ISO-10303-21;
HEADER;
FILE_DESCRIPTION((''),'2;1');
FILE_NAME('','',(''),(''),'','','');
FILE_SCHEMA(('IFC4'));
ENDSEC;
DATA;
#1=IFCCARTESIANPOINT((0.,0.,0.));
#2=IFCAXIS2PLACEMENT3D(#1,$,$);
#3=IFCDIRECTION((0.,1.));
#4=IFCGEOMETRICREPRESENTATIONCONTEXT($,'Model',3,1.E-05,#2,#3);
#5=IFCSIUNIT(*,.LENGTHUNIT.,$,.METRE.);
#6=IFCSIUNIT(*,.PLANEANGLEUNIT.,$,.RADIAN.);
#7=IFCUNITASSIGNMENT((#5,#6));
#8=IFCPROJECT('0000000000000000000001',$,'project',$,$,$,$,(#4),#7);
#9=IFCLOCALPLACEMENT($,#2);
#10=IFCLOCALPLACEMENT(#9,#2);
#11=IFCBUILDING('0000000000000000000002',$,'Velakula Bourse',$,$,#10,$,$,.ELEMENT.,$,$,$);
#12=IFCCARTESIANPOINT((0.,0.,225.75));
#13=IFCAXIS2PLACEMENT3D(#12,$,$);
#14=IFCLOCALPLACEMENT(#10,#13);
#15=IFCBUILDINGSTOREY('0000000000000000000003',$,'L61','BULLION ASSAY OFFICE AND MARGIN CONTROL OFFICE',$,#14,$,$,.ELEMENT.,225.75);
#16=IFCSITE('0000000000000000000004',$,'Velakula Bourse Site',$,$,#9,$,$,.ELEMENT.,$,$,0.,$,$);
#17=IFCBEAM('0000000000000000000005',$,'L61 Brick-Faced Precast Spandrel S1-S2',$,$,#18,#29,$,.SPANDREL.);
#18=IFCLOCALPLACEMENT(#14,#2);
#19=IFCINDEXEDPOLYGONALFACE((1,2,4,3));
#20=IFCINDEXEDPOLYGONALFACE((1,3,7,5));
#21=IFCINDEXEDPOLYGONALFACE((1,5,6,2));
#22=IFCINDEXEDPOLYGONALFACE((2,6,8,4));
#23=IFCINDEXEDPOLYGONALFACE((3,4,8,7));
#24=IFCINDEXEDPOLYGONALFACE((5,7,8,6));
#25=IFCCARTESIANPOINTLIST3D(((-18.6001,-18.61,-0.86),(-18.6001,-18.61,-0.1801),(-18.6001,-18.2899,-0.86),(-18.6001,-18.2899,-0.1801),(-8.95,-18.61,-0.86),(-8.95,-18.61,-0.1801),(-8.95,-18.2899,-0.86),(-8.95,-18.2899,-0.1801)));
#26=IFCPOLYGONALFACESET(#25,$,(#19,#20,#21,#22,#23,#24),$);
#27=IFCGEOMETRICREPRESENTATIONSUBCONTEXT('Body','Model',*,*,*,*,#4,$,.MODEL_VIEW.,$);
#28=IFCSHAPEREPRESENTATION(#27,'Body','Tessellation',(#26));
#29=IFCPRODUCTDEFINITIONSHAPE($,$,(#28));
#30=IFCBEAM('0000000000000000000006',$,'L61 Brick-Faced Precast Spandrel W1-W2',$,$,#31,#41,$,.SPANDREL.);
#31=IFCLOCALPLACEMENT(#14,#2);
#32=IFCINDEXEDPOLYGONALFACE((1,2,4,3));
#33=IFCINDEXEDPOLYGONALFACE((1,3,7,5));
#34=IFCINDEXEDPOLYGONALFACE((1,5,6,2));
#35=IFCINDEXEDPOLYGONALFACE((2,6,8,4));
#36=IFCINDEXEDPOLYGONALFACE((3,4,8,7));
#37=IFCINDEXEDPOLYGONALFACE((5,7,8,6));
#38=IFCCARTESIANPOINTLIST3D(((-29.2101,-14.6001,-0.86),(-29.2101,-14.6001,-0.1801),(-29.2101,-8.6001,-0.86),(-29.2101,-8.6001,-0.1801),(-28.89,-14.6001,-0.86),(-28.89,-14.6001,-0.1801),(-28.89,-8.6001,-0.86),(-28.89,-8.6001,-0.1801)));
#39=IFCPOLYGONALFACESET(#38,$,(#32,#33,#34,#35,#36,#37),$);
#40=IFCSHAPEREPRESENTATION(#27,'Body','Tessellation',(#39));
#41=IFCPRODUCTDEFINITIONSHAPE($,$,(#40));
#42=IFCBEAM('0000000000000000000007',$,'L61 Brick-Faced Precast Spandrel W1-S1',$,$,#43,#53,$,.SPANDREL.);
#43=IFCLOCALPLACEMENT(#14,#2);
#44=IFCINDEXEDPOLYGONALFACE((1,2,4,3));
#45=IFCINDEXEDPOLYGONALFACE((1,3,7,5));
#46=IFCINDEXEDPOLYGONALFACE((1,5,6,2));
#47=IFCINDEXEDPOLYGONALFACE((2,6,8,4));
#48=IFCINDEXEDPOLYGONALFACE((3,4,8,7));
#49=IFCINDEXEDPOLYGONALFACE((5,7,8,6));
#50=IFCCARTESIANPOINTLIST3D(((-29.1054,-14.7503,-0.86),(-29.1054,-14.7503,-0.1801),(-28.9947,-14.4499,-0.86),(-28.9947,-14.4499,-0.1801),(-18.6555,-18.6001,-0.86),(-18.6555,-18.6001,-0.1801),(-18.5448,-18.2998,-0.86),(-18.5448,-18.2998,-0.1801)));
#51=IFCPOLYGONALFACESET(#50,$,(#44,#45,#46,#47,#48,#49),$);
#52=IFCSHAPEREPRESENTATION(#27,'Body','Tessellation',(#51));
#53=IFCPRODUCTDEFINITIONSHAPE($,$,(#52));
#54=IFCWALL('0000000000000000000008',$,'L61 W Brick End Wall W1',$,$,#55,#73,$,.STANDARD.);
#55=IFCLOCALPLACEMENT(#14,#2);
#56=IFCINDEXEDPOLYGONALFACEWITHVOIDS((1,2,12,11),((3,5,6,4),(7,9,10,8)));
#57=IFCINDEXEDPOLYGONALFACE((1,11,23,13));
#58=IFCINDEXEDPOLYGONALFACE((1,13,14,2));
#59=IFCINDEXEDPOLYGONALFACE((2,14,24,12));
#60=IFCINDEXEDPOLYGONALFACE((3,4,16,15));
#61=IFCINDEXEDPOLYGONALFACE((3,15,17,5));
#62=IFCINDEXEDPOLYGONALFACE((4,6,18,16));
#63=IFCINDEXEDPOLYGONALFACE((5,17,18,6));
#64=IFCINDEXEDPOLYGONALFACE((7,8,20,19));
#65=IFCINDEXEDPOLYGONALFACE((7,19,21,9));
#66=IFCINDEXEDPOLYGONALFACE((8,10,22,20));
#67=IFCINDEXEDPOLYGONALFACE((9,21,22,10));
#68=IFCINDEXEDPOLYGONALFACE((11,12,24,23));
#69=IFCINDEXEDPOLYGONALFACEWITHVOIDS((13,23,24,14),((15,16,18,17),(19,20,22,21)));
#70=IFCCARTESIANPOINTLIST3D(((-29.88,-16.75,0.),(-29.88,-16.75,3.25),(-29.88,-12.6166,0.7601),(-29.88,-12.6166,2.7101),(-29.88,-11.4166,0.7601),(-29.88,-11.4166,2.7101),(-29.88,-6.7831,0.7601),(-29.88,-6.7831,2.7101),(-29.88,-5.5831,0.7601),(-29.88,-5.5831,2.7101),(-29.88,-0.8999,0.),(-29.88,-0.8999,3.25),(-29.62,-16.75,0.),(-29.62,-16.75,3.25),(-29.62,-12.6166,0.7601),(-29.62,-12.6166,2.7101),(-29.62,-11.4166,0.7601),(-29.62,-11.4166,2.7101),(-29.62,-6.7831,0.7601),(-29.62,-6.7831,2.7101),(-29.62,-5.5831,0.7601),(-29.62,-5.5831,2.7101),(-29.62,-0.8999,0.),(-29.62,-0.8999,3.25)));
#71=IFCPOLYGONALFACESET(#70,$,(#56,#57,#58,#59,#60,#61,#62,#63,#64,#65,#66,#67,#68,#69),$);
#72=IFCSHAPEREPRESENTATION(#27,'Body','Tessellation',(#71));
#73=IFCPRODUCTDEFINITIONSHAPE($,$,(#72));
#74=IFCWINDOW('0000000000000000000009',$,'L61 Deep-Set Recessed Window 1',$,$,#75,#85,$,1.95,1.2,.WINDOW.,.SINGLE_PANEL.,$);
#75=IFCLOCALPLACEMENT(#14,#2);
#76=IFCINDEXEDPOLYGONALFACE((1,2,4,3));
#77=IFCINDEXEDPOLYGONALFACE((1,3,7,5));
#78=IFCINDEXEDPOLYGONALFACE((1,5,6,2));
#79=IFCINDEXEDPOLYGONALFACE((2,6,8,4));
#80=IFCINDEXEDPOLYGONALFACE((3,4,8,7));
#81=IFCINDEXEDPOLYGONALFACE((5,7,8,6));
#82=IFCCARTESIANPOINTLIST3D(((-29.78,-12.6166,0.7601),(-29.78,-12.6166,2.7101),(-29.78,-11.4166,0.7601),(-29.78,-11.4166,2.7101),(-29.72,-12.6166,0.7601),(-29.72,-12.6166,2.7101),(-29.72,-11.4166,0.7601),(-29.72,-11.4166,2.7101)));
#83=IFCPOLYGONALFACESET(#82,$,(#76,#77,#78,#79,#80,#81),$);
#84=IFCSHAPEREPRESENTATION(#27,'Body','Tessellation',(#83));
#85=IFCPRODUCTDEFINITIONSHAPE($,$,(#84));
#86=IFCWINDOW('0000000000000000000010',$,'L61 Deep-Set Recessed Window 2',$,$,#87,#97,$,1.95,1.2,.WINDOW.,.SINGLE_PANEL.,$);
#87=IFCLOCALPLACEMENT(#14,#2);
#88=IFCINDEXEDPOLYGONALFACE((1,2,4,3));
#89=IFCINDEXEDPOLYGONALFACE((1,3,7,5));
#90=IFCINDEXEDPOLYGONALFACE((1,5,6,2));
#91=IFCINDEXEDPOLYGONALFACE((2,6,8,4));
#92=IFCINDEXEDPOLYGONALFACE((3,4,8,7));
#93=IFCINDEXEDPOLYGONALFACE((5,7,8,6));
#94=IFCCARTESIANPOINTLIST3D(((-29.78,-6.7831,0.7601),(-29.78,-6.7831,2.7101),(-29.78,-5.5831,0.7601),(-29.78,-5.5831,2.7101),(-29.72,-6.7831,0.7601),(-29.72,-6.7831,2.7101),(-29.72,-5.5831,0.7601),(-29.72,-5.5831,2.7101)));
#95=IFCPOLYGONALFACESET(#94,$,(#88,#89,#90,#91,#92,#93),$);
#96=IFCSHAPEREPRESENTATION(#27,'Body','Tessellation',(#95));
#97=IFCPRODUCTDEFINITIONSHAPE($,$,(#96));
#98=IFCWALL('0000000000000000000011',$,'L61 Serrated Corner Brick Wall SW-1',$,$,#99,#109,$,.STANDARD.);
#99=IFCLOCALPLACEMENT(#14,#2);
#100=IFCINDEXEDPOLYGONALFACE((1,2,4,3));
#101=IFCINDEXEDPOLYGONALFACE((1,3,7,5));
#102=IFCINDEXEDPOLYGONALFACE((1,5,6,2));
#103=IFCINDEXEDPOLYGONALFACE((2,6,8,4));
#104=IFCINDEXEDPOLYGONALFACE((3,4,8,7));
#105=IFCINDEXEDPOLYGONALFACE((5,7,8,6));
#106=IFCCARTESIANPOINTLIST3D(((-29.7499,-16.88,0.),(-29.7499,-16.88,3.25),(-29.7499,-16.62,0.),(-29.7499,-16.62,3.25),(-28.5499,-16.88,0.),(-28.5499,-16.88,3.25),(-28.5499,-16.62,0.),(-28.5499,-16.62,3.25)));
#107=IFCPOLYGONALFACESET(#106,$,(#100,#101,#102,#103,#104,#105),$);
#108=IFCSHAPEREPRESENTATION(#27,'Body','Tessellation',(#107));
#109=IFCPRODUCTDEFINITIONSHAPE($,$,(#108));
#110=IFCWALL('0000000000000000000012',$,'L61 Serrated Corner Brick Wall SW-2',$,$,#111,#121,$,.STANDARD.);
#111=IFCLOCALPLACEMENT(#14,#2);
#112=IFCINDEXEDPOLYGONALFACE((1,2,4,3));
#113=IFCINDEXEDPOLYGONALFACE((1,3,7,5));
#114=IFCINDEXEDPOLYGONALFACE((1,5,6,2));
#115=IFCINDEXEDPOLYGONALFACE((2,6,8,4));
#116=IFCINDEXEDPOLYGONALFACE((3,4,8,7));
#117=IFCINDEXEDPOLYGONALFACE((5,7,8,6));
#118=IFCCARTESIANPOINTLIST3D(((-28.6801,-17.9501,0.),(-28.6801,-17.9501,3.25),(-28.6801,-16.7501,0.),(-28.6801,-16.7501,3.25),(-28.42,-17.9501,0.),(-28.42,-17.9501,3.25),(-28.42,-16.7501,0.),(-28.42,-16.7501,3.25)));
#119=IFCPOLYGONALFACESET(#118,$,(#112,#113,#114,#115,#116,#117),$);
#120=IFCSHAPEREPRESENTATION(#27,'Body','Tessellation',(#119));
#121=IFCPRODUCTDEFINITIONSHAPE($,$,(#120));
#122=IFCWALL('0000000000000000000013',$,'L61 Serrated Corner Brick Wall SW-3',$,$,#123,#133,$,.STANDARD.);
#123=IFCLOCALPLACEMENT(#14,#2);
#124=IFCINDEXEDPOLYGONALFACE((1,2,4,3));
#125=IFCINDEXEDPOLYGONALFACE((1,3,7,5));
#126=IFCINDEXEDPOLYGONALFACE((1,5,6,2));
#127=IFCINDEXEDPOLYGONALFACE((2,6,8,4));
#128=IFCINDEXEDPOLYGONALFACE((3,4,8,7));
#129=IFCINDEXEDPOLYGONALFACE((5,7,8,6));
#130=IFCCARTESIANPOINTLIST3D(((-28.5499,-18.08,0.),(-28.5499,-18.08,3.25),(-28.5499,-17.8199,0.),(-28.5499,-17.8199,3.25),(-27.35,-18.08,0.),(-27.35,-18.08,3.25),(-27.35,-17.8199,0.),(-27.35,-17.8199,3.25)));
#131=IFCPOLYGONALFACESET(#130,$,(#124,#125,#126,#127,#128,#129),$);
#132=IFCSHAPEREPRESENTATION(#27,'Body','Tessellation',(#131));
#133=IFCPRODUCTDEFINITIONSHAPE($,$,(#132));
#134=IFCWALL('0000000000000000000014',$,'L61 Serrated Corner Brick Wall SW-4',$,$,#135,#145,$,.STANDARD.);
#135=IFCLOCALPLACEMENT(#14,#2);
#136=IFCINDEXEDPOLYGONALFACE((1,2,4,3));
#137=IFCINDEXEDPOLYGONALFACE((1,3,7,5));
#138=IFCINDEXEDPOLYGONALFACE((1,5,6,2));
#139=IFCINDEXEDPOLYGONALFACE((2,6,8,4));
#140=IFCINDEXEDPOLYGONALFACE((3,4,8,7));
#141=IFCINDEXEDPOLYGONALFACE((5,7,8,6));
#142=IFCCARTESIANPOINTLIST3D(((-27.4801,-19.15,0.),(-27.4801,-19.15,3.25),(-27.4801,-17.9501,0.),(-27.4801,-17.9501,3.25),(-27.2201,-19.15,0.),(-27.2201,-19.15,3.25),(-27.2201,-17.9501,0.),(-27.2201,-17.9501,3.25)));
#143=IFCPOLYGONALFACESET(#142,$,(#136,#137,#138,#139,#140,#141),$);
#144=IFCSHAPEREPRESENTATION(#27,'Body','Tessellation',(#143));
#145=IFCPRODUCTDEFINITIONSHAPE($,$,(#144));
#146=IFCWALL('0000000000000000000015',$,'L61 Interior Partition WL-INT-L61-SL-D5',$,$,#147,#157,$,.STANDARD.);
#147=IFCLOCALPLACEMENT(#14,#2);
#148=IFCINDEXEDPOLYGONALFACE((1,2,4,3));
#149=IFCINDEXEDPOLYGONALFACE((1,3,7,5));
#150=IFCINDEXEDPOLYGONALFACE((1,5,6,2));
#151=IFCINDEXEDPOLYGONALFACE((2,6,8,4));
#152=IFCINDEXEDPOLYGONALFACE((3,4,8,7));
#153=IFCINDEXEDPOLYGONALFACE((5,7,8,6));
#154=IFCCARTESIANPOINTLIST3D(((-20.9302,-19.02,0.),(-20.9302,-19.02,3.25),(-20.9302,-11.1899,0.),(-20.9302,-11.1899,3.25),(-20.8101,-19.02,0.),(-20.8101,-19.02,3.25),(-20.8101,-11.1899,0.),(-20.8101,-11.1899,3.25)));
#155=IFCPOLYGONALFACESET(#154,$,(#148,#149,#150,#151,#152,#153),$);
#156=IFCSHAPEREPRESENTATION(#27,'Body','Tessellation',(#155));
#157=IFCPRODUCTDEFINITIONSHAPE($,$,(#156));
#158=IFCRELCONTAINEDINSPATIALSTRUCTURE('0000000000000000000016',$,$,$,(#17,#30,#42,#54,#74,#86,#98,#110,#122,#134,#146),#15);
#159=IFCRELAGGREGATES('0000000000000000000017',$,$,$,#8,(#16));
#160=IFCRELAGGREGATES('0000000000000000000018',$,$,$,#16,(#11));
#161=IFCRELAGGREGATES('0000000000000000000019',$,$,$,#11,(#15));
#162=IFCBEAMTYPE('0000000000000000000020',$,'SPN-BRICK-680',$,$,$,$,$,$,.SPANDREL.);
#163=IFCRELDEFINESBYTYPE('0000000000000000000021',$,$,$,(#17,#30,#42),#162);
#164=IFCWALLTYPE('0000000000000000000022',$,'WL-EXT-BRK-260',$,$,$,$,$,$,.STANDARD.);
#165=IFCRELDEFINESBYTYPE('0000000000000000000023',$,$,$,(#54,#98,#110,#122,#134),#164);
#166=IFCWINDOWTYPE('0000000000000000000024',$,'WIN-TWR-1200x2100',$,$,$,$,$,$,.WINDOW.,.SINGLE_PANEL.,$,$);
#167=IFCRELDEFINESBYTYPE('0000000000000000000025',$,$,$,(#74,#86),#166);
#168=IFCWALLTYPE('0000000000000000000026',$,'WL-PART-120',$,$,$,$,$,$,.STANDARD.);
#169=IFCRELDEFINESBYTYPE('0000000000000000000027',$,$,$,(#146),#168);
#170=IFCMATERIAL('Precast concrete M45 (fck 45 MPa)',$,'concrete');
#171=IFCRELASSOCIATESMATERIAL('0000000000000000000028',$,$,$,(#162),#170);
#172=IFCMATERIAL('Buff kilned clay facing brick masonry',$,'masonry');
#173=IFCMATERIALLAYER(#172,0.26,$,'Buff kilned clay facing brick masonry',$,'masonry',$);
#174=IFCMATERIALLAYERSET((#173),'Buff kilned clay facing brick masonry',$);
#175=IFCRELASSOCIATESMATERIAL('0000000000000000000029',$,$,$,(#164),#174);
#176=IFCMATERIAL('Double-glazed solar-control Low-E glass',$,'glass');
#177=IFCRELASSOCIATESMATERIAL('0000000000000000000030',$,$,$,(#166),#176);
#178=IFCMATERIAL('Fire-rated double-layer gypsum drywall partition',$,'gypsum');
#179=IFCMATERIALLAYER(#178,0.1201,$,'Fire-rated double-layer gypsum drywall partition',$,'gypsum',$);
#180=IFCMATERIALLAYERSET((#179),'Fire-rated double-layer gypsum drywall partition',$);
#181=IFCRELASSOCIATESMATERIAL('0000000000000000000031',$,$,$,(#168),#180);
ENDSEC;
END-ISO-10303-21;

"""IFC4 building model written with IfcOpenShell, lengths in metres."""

from ifc_helpers import new_model, si_unit, direction, frame, frame_2d, origin, origin_2d, place, context, subcontext, project, spatial, rectangle, extrude, material, layer, layer_set, material_profile, profile_set, type_object, element, fill, save


model = new_model("IFC4")

# Units and contexts
model_context = context("Model", 3, precision=1e-05, world=origin(), true_north=direction((0.0, 1.0)))
body_context = subcontext(model_context, "Body", "Model", "MODEL_VIEW")
ifc_project = project(units=[si_unit("LENGTHUNIT", "METRE"), si_unit("PLANEANGLEUNIT", "RADIAN")], contexts=[model_context])

# Site, building, storey
site_placement = place(None, origin())
site = spatial("IfcSite", under=ifc_project, at=site_placement, Name="Velakula Bourse Site", CompositionType="ELEMENT", RefElevation=0.0)
building_placement = place(site_placement, origin())
building = spatial("IfcBuilding", under=site, at=building_placement, Name="Velakula Bourse", CompositionType="ELEMENT")
storey_placement = place(building_placement, frame((0.0, 0.0, 225.75)))
storey = spatial("IfcBuildingStorey", under=building, at=storey_placement, Name="L61", Description="BULLION ASSAY OFFICE AND MARGIN CONTROL OFFICE", CompositionType="ELEMENT", Elevation=225.75)

# Shared definitions
ifc_material_1 = material(Name="Precast concrete M45 (fck 45 MPa)", Category="concrete")

# Beams
ifc_material_profile_1 = material_profile(ifc_material_1, rectangle(XDim=0.3201, YDim=0.6799, at=origin_2d()), Name="Precast concrete M45 (fck 45 MPa)")
ifc_profile_set_1 = profile_set([ifc_material_profile_1], Name="Precast concrete M45 (fck 45 MPa)")
beam_type_1 = type_object("IfcBeamType", Name="SPN-BRICK-680", PredefinedType="SPANDREL", material=ifc_profile_set_1)
beam_1_placement = place(storey_placement, frame((-18.6001, -18.45, -0.52), z_axis=(1.0, 0.0, 0.0), x_axis=(0.0, 1.0, 0.0)))
element("IfcBeam", 1, at=beam_1_placement, inside=storey, type_object=beam_type_1, Name="L61 Brick-Faced Precast Spandrel S1-S2", PredefinedType="SPANDREL", context=body_context, shape_type="SweptSolid", body=[
    extrude(rectangle(XDim=0.3201, YDim=0.6799, at=origin_2d()), origin(), (0.0, 0.0, 1.0), 9.6501),
])
beam_2_placement = place(storey_placement, frame((-29.05, -14.6001, -0.52), z_axis=(0.0, 1.0, 0.0), x_axis=(-1.0, 0.0, 0.0)))
element("IfcBeam", 2, at=beam_2_placement, inside=storey, type_object=beam_type_1, Name="L61 Brick-Faced Precast Spandrel W1-W2", PredefinedType="SPANDREL", context=body_context, shape_type="SweptSolid", body=[
    extrude(rectangle(XDim=0.3201, YDim=0.6799, at=origin_2d()), origin(), (0.0, 0.0, 1.0), 6.0),
])
beam_3_placement = place(storey_placement, frame((-29.05, -14.6001, -0.52), z_axis=(0.938347, -0.345695, 0.0), x_axis=(0.345695, 0.938347, 0.0)))
element("IfcBeam", 3, at=beam_3_placement, inside=storey, type_object=beam_type_1, Name="L61 Brick-Faced Precast Spandrel W1-S1", PredefinedType="SPANDREL", context=body_context, shape_type="SweptSolid", body=[
    extrude(rectangle(XDim=0.3201, YDim=0.6799, at=origin_2d()), origin(), (0.0, 0.0, 1.0), 11.1365),
])

# Wall, openings, windows
ifc_material_2 = material(Name="Buff kilned clay facing brick masonry", Category="masonry")
ifc_layer_1 = layer(ifc_material_2, 0.26, Name="Buff kilned clay facing brick masonry", Category="masonry")
ifc_layer_set_1 = layer_set([ifc_layer_1], Name="Buff kilned clay facing brick masonry")
wall_type_1 = type_object("IfcWallType", Name="WL-EXT-BRK-260", PredefinedType="STANDARD", material=ifc_layer_set_1)
wall_1_placement = place(storey_placement, frame((-29.75, -16.75, 0.0), z_axis=(0.0, 0.0, 1.0), x_axis=(0.0, 1.0, 0.0)))
wall_1 = element("IfcWall", 4, at=wall_1_placement, inside=storey, type_object=wall_type_1, Name="L61 W Brick End Wall W1", PredefinedType="STANDARD", context=body_context, shape_type="SweptSolid", body=[
    extrude(rectangle(XDim=15.8501, YDim=0.26, at=frame_2d((7.925, 0.0))), origin(), (0.0, 0.0, 1.0), 3.25),
])
opening_1_placement = place(wall_1_placement, frame((4.1333, 0.0, 0.76)))
opening_1 = element("IfcOpeningElement", 5, at=opening_1_placement, cuts=wall_1, PredefinedType="OPENING", context=body_context, shape_type="SweptSolid", body=[
    extrude(rectangle(XDim=1.2, YDim=1.95, at=frame_2d((0.6001, 0.9751))), frame((0.0, 0.1399, 0.0), z_axis=(0.0, -1.0, 0.0), x_axis=(1.0, 0.0, 0.0)), (0.0, 0.0, 1.0), 0.28),
])
opening_2_placement = place(wall_1_placement, frame((9.9668, 0.0, 0.76)))
opening_2 = element("IfcOpeningElement", 6, at=opening_2_placement, cuts=wall_1, PredefinedType="OPENING", context=body_context, shape_type="SweptSolid", body=[
    extrude(rectangle(XDim=1.2, YDim=1.95, at=frame_2d((0.6001, 0.9751))), frame((0.0, 0.1399, 0.0), z_axis=(0.0, -1.0, 0.0), x_axis=(1.0, 0.0, 0.0)), (0.0, 0.0, 1.0), 0.28),
])
ifc_material_3 = material(Name="Double-glazed solar-control Low-E glass", Category="glass")
window_type = type_object("IfcWindowType", Name="WIN-TWR-1200x2100", PartitioningType="SINGLE_PANEL", PredefinedType="WINDOW", material=ifc_material_3)
window_1_placement = place(opening_1_placement, origin())
window_1 = element("IfcWindow", 7, at=window_1_placement, inside=storey, type_object=window_type, Name="L61 Deep-Set Recessed Window 1", OverallHeight=1.95, OverallWidth=1.2, PartitioningType="SINGLE_PANEL", PredefinedType="WINDOW", context=body_context, shape_type="SweptSolid", body=[
    extrude(rectangle(XDim=1.2, YDim=1.95, at=frame_2d((0.6001, 0.9751))), frame((0.0, 0.03, 0.0), z_axis=(0.0, -1.0, 0.0), x_axis=(1.0, 0.0, 0.0)), (0.0, 0.0, 1.0), 0.0601),
])
fill(opening_1, window_1)
window_2_placement = place(opening_2_placement, origin())
window_2 = element("IfcWindow", 8, at=window_2_placement, inside=storey, type_object=window_type, Name="L61 Deep-Set Recessed Window 2", OverallHeight=1.95, OverallWidth=1.2, PartitioningType="SINGLE_PANEL", PredefinedType="WINDOW", context=body_context, shape_type="SweptSolid", body=[
    extrude(rectangle(XDim=1.2, YDim=1.95, at=frame_2d((0.6001, 0.9751))), frame((0.0, 0.03, 0.0), z_axis=(0.0, -1.0, 0.0), x_axis=(1.0, 0.0, 0.0)), (0.0, 0.0, 1.0), 0.0601),
])
fill(opening_2, window_2)

# Walls
for number, where, z_axis, x_axis, name in (
    (9, (-29.75, -16.75, 0.0), (0.0, 0.0, 1.0), (1.0, 0.0, 0.0), "L61 Serrated Corner Brick Wall SW-1"),
    (10, (-28.55, -16.75, 0.0), (0.0, 0.0, 1.0), (0.0, -1.0, 0.0), "L61 Serrated Corner Brick Wall SW-2"),
    (11, (-28.55, -17.95, 0.0), (0.0, 0.0, 1.0), (1.0, 0.0, 0.0), "L61 Serrated Corner Brick Wall SW-3"),
    (12, (-27.3501, -17.95, 0.0), (0.0, 0.0, 1.0), (0.0, -1.0, 0.0), "L61 Serrated Corner Brick Wall SW-4"),
):
    element("IfcWall", number, at=place(storey_placement, frame(where, z_axis=z_axis, x_axis=x_axis)), inside=storey, type_object=wall_type_1, Name=name, PredefinedType="STANDARD", context=body_context, shape_type="SweptSolid", body=[
        extrude(rectangle(XDim=1.2, YDim=0.26, at=frame_2d((0.6001, 0.0))), origin(), (0.0, 0.0, 1.0), 3.25),
    ])
ifc_material_4 = material(Name="Fire-rated double-layer gypsum drywall partition", Category="gypsum")
ifc_layer_2 = layer(ifc_material_4, 0.1201, Name="Fire-rated double-layer gypsum drywall partition", Category="gypsum")
ifc_layer_set_2 = layer_set([ifc_layer_2], Name="Fire-rated double-layer gypsum drywall partition")
wall_type_2 = type_object("IfcWallType", Name="WL-PART-120", PredefinedType="STANDARD", material=ifc_layer_set_2)
wall_2_placement = place(storey_placement, frame((-20.8701, -19.02, 0.0), z_axis=(0.0, 0.0, 1.0), x_axis=(0.0, 1.0, 0.0)))
element("IfcWall", 13, at=wall_2_placement, inside=storey, type_object=wall_type_2, Name="L61 Interior Partition WL-INT-L61-SL-D5", PredefinedType="STANDARD", context=body_context, shape_type="SweptSolid", body=[
    extrude(rectangle(XDim=7.8301, YDim=0.1201, at=frame_2d((3.915, 0.0))), origin(), (0.0, 0.0, 1.0), 3.25),
])

save(model, "model.ifc")
